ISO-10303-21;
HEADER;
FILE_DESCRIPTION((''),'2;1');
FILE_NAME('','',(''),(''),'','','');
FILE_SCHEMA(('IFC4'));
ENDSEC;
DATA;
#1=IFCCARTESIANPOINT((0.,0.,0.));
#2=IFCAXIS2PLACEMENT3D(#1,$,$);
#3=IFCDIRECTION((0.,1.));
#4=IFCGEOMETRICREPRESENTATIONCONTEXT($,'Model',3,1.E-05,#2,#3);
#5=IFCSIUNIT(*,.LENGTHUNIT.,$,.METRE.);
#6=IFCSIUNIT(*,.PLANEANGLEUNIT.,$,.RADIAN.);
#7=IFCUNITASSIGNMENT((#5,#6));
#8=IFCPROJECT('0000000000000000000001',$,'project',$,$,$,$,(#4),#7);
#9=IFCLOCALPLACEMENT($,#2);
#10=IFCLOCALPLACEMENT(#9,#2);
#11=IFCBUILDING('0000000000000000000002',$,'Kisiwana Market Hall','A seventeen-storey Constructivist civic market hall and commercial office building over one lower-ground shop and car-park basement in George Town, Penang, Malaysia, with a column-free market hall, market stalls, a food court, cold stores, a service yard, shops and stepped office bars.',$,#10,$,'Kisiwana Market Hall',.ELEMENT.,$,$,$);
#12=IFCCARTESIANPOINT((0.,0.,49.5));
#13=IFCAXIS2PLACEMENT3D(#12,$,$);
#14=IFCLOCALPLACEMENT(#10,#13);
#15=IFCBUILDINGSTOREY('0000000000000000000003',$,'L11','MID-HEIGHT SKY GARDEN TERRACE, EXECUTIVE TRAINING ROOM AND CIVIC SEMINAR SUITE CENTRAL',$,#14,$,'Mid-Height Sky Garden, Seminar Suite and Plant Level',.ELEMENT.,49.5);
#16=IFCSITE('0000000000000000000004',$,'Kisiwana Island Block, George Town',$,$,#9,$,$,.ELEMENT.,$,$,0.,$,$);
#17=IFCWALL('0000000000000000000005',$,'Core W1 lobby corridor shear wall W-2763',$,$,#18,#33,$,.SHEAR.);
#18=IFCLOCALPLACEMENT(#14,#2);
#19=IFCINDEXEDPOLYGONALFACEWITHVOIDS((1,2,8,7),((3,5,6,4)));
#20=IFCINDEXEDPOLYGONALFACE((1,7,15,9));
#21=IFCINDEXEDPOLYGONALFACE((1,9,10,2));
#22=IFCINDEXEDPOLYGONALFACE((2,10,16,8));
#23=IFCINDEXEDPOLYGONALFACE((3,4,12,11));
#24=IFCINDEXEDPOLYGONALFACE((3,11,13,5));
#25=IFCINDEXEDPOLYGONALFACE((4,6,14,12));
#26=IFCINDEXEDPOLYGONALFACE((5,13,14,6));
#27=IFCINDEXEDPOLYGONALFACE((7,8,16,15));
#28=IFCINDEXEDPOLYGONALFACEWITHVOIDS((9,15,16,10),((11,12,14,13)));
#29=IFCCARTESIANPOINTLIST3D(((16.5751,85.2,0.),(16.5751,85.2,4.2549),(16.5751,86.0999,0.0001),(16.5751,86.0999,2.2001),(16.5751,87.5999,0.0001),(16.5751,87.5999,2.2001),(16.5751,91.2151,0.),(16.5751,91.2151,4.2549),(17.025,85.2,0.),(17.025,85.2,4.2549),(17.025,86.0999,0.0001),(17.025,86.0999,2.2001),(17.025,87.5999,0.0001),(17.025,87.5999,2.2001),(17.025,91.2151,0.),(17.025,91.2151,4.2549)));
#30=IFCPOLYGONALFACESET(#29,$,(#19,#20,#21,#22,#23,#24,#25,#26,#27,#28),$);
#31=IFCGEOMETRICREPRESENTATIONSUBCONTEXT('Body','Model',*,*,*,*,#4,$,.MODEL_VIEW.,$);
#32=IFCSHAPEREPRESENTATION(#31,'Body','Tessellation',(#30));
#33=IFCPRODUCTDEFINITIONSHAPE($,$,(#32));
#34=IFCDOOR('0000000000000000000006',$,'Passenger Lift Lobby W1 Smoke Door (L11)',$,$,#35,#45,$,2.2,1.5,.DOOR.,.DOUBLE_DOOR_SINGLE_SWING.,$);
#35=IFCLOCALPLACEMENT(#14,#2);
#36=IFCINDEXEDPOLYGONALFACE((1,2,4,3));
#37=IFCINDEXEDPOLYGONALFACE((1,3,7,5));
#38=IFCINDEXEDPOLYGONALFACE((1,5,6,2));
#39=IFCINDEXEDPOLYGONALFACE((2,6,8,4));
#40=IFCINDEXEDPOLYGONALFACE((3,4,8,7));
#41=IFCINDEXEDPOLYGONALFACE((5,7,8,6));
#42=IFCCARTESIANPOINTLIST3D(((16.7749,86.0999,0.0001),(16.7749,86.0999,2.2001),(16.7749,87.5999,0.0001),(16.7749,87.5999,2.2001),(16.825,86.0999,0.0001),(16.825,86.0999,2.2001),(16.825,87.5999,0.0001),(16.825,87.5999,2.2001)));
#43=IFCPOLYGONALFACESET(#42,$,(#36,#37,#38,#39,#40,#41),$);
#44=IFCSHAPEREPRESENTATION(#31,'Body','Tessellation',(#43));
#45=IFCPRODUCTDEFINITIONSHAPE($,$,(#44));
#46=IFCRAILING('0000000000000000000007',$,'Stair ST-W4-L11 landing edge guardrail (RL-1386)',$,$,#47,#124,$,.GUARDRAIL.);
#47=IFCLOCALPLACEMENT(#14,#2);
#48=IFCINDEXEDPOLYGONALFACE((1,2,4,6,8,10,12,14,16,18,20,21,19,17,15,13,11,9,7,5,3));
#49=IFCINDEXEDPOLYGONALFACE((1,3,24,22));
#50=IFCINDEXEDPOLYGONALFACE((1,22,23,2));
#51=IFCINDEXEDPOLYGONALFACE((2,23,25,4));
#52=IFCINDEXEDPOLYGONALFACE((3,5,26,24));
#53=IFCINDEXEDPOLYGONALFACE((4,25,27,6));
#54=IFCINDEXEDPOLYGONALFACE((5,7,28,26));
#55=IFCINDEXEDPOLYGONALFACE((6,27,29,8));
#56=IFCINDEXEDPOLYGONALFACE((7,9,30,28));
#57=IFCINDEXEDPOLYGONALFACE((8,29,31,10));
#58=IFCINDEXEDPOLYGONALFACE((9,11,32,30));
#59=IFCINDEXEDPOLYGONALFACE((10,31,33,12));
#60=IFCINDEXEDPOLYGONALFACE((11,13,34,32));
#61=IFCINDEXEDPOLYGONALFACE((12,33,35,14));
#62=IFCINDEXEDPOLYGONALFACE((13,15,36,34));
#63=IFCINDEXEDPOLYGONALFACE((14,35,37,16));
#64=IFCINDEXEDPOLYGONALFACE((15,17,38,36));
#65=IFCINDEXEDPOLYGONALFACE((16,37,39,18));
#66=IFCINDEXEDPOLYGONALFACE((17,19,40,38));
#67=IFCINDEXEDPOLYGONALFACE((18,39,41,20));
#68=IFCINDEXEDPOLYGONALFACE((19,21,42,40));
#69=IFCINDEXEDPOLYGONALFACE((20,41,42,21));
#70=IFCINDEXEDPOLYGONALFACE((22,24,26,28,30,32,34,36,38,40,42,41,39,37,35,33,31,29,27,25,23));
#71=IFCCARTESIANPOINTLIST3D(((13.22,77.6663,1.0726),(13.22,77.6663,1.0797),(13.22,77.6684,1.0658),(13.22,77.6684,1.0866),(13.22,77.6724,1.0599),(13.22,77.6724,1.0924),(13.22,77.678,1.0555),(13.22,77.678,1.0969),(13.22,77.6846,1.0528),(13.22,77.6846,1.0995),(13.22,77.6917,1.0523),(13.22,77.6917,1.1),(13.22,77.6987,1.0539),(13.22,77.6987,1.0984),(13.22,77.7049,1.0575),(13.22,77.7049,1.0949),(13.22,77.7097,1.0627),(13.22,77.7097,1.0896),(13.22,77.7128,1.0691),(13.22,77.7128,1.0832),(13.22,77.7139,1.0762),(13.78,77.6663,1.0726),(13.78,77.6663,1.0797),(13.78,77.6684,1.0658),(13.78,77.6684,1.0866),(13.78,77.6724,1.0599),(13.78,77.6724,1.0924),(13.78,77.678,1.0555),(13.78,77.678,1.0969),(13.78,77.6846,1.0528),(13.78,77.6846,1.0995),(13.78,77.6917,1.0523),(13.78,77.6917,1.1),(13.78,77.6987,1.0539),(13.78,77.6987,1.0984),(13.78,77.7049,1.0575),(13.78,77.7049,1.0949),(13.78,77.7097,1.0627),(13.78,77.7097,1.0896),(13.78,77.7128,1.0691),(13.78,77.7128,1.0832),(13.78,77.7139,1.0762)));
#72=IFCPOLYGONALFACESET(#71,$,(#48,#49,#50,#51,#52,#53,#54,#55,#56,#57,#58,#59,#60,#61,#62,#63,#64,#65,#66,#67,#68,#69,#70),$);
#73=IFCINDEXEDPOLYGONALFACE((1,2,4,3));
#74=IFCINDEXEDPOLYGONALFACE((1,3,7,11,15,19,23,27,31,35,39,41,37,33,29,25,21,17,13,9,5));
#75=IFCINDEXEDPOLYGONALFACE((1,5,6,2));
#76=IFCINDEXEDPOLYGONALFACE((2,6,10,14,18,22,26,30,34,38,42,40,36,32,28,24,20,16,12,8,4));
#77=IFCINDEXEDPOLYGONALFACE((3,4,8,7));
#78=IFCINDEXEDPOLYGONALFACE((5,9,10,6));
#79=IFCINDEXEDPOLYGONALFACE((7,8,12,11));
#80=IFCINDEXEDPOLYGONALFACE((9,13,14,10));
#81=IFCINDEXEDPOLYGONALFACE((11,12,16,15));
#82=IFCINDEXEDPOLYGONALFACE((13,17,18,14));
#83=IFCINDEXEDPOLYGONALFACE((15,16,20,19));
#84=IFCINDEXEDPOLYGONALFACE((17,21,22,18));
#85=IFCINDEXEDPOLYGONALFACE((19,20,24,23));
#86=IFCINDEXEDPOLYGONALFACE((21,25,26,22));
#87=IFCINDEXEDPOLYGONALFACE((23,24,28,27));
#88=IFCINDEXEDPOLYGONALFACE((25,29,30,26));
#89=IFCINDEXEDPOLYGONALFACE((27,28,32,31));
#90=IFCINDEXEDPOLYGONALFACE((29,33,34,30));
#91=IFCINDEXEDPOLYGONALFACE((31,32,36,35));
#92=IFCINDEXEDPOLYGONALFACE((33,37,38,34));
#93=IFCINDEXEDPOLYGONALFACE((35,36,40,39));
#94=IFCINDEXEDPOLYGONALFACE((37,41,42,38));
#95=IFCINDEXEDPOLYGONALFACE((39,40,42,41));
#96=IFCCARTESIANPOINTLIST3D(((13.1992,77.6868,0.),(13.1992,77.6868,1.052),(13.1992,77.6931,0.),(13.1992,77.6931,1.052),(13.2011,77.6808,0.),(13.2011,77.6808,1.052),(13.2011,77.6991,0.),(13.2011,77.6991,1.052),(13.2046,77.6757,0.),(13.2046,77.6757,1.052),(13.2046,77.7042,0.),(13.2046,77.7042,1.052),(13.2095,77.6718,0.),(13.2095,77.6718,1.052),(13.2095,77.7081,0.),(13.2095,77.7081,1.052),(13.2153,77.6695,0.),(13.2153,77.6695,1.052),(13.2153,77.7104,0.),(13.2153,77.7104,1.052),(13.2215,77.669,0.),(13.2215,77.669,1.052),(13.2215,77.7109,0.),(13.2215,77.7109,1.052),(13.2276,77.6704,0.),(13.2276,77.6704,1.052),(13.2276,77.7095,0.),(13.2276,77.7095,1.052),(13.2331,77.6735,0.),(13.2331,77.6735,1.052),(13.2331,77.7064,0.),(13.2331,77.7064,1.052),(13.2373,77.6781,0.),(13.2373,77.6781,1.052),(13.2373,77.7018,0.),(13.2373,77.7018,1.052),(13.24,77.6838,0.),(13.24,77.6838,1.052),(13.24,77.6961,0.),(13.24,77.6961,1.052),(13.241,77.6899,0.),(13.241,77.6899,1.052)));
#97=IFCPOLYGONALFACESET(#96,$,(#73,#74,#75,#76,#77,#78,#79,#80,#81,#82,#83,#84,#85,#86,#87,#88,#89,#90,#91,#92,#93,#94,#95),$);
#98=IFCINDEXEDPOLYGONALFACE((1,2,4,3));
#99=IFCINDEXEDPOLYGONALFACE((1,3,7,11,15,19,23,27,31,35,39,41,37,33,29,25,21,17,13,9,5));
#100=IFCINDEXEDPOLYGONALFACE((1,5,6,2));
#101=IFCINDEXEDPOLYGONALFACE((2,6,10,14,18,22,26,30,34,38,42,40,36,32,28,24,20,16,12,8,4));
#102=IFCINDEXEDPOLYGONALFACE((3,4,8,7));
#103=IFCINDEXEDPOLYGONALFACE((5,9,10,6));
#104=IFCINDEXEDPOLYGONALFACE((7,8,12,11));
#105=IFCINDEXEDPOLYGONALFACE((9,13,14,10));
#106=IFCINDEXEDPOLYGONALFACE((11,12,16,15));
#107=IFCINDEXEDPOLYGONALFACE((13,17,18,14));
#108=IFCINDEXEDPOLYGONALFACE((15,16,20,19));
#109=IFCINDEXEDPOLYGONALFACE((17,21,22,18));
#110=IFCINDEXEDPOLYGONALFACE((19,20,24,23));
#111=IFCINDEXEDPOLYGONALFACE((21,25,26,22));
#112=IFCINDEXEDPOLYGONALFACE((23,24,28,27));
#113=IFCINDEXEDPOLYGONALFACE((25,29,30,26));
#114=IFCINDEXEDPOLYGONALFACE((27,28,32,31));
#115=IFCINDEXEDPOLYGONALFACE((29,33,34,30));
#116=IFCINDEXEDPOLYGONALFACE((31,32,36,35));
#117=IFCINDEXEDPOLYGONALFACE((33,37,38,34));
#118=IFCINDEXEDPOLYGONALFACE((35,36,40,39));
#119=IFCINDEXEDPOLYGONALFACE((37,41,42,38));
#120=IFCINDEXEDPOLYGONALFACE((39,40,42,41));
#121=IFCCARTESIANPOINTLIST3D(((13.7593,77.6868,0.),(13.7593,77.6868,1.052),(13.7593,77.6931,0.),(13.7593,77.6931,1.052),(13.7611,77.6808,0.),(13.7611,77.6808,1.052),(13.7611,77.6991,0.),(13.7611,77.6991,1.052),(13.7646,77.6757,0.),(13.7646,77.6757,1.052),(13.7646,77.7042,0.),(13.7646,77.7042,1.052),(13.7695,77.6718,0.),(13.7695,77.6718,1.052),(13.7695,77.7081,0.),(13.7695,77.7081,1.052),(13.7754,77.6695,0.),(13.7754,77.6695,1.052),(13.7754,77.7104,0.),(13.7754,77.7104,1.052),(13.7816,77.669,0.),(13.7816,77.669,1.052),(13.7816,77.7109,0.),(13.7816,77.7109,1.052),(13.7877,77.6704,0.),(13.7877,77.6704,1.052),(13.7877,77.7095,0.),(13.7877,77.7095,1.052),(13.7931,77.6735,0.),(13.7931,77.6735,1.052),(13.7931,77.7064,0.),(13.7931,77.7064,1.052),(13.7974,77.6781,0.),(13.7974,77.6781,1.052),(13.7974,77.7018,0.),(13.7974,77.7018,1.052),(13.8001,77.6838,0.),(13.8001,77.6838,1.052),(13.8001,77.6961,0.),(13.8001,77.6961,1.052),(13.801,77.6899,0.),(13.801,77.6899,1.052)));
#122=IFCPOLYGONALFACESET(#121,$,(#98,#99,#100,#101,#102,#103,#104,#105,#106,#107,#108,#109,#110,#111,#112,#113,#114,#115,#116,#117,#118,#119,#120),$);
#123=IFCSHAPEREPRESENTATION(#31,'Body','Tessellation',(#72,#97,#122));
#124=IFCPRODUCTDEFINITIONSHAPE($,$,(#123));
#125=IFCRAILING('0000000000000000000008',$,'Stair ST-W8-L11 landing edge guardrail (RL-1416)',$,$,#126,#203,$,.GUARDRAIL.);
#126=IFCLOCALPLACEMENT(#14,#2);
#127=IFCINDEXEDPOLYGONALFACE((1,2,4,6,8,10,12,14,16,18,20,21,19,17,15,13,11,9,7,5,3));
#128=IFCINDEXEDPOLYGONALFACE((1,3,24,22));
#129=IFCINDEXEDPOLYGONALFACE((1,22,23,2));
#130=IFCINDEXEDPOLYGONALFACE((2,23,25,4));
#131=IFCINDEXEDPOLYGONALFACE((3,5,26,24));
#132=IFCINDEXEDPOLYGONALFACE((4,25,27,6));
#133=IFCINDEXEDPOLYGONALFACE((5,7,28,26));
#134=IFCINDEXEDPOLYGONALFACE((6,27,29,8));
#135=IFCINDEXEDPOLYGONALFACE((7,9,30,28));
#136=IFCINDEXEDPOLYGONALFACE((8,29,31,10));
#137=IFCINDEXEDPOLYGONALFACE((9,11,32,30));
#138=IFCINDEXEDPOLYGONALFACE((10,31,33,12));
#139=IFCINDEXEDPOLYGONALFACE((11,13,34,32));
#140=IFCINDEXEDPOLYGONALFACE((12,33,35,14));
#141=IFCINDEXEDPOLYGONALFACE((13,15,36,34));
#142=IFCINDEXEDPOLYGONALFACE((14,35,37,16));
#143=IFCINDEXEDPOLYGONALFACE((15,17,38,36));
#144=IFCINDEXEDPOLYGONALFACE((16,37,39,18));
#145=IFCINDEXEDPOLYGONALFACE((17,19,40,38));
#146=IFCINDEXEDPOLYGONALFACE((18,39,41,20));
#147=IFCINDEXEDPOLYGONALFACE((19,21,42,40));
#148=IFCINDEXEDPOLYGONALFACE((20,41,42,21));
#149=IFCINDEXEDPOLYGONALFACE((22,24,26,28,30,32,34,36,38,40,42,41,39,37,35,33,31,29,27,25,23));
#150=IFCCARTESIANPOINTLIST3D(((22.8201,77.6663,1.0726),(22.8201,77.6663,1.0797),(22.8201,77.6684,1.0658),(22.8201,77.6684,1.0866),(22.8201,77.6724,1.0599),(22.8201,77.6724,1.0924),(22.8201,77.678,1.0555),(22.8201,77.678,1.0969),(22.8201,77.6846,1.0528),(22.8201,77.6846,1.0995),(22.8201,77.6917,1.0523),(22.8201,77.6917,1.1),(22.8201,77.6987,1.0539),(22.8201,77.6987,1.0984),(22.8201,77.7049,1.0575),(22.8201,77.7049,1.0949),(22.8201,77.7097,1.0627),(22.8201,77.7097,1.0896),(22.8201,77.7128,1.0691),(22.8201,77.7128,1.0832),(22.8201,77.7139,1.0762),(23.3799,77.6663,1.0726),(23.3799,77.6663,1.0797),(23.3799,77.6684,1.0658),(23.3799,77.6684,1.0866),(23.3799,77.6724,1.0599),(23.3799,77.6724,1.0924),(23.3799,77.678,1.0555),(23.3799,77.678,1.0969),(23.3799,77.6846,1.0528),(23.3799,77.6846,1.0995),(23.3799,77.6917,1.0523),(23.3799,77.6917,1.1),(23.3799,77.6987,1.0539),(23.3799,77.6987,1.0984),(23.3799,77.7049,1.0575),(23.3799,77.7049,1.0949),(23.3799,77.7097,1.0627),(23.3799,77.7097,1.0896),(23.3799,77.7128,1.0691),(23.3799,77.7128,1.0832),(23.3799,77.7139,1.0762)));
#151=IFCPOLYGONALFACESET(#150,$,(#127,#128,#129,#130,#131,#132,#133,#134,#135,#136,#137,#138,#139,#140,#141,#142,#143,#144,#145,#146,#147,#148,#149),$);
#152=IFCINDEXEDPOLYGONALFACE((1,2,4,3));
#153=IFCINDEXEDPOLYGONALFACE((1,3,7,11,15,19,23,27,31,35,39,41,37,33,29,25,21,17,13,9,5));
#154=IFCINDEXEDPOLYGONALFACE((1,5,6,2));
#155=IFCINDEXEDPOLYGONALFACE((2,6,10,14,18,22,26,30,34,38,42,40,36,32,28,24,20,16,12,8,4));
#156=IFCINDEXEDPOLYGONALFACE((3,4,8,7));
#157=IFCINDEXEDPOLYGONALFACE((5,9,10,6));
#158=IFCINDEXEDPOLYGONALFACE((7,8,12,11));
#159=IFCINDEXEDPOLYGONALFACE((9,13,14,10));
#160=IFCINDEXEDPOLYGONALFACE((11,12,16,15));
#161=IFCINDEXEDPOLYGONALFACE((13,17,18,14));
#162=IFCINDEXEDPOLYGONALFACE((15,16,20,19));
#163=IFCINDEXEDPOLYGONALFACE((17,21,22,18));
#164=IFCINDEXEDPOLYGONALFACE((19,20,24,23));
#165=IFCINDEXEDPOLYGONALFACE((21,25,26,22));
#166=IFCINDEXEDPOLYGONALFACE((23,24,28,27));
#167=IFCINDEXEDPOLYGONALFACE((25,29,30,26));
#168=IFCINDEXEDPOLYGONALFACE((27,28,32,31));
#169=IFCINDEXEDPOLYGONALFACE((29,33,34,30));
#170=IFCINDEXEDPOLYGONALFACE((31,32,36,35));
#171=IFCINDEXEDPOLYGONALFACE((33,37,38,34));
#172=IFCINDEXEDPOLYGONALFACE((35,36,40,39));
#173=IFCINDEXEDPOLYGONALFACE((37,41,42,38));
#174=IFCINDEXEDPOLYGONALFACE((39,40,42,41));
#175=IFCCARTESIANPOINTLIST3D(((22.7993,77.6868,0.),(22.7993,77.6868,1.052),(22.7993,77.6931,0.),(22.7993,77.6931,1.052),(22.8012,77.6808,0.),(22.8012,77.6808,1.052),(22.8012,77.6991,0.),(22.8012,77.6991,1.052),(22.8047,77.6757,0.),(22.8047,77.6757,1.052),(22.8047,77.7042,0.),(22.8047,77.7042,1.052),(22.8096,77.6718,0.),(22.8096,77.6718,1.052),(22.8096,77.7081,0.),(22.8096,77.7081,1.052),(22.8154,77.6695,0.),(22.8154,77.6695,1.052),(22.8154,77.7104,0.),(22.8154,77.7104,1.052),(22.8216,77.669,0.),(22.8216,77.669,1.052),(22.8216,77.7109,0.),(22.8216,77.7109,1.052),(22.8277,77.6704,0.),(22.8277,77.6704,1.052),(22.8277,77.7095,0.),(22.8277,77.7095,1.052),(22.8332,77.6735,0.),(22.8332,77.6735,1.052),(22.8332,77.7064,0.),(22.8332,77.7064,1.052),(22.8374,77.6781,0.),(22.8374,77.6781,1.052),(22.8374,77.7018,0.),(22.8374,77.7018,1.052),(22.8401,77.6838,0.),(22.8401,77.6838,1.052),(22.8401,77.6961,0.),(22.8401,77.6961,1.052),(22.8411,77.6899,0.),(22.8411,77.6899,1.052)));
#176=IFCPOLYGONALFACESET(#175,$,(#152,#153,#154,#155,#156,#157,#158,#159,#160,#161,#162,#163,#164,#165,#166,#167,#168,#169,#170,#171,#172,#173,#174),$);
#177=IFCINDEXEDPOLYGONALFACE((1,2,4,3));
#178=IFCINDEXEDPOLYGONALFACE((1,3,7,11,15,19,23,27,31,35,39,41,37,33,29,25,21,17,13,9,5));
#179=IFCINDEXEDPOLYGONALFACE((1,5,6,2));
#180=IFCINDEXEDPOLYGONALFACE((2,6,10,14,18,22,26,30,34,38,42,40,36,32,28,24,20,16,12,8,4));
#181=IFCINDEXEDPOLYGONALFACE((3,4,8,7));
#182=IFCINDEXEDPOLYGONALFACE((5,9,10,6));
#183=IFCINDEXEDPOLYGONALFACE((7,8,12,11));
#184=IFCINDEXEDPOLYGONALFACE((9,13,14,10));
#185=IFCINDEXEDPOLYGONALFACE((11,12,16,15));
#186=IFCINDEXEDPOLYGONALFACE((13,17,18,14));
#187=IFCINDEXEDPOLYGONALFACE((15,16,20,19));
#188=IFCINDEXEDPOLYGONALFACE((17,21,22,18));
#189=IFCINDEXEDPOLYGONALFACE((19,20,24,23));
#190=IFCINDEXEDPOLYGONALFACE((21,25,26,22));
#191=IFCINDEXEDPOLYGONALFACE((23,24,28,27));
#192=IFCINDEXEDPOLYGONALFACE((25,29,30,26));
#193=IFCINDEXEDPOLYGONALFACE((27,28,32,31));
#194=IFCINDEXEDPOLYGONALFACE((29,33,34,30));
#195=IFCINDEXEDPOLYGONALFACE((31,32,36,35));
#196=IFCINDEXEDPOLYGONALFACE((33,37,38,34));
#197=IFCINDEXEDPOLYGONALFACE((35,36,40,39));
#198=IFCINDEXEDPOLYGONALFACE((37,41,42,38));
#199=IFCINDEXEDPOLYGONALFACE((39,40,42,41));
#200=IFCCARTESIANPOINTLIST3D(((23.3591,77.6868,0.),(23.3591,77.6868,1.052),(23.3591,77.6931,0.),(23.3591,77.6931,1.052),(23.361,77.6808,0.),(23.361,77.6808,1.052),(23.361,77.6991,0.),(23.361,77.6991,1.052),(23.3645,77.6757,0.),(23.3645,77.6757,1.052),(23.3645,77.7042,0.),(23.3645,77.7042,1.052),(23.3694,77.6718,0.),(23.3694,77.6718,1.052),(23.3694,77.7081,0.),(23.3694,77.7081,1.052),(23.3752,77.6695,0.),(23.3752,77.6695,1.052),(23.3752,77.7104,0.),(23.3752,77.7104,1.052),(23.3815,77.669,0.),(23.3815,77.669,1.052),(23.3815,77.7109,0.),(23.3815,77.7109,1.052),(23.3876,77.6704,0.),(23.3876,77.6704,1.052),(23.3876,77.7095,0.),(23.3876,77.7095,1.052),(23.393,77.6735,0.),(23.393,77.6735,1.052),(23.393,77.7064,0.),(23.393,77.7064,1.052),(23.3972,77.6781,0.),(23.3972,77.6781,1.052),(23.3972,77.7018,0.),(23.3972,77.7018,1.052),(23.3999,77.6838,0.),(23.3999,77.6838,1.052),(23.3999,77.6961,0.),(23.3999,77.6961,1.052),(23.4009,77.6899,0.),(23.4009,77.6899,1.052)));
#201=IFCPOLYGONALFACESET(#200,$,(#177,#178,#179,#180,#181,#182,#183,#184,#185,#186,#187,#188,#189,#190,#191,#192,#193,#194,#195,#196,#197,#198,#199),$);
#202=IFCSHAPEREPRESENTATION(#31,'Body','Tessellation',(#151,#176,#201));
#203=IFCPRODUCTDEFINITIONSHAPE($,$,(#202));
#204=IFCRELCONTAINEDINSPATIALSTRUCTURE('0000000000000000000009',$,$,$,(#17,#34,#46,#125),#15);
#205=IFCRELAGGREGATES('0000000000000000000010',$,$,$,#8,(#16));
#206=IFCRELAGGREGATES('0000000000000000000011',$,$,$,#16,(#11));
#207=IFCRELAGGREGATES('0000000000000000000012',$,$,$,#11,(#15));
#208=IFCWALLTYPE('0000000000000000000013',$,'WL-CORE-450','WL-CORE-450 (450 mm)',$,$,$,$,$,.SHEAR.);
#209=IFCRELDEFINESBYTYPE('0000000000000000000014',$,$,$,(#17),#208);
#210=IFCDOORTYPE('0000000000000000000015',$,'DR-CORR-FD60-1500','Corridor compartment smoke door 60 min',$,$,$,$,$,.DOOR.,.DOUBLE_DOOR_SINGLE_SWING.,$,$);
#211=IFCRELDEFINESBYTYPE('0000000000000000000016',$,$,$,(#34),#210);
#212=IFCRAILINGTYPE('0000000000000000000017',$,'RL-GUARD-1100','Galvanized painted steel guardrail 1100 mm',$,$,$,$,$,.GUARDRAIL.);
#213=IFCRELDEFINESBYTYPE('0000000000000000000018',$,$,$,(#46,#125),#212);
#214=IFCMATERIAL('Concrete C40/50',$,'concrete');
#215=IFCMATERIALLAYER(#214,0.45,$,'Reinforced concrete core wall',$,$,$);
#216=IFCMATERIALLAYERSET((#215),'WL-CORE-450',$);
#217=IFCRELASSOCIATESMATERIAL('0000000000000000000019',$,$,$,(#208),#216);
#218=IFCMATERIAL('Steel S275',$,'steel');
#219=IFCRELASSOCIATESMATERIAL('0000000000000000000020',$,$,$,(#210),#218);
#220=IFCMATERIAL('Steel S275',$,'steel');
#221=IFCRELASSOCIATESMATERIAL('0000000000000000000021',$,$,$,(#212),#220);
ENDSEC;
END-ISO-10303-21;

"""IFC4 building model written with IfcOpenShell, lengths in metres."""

from ifc_helpers import new_model, si_unit, direction, frame, frame_2d, origin, origin_2d, place, context, subcontext, project, spatial, rectangle, circle, extrude, material, layer, layer_set, type_object, element, fill, save


model = new_model("IFC4")

# Units and contexts
model_context = context("Model", 3, precision=1e-05, world=origin(), true_north=direction((0.0, 1.0)))
body_context = subcontext(model_context, "Body", "Model", "MODEL_VIEW")
ifc_project = project(units=[si_unit("LENGTHUNIT", "METRE"), si_unit("PLANEANGLEUNIT", "RADIAN")], contexts=[model_context])

# Site, building, storey
site_placement = place(None, origin())
site = spatial("IfcSite", under=ifc_project, at=site_placement, Name="Kisiwana Island Block, George Town", CompositionType="ELEMENT", RefElevation=0.0)
building_placement = place(site_placement, origin())
building = spatial("IfcBuilding", under=site, at=building_placement, Name="Kisiwana Market Hall", Description="A seventeen-storey Constructivist civic market hall and commercial office building over one lower-ground shop and car-park basement in George Town, Penang, Malaysia, with a column-free market hall, market stalls, a food court, cold stores, a service yard, shops and stepped office bars.", LongName="Kisiwana Market Hall", CompositionType="ELEMENT")
storey_placement = place(building_placement, frame((0.0, 0.0, 49.5)))
storey = spatial("IfcBuildingStorey", under=building, at=storey_placement, Name="L11", Description="MID-HEIGHT SKY GARDEN TERRACE, EXECUTIVE TRAINING ROOM AND CIVIC SEMINAR SUITE CENTRAL", LongName="Mid-Height Sky Garden, Seminar Suite and Plant Level", CompositionType="ELEMENT", Elevation=49.5)

# Wall, opening, door
ifc_material_1 = material(Name="Concrete C40/50", Category="concrete")
ifc_layer_1 = layer(ifc_material_1, 0.45, Name="Reinforced concrete core wall")
ifc_layer_set_1 = layer_set([ifc_layer_1], Name="WL-CORE-450")
wall_type_1 = type_object("IfcWallType", Name="WL-CORE-450", Description="WL-CORE-450 (450 mm)", PredefinedType="SHEAR", material=ifc_layer_set_1)
wall_1_placement = place(storey_placement, frame((16.8, 85.2, 0.0), z_axis=(0.0, 0.0, 1.0), x_axis=(0.0, 1.0, 0.0)))
wall_1 = element("IfcWall", 1, at=wall_1_placement, inside=storey, type_object=wall_type_1, Name="Core W1 lobby corridor shear wall W-2763", PredefinedType="SHEAR", context=body_context, shape_type="SweptSolid", body=[
    extrude(rectangle(XDim=6.0151, YDim=0.45, at=frame_2d((3.0076, 0.0))), origin(), (0.0, 0.0, 1.0), 4.2549),
])
opening_1_placement = place(wall_1_placement, frame((0.8999, 0.0, 0.0)))
opening_1 = element("IfcOpeningElement", 2, at=opening_1_placement, cuts=wall_1, PredefinedType="OPENING", context=body_context, shape_type="SweptSolid", body=[
    extrude(rectangle(XDim=1.5, YDim=2.2, at=frame_2d((0.75, 1.1001))), frame((0.0, 0.2368, 0.0), z_axis=(0.0, -1.0, 0.0), x_axis=(1.0, 0.0, 0.0)), (0.0, 0.0, 1.0), 0.4739),
])
ifc_material_2 = material(Name="Steel S275", Category="steel")
door_type_1 = type_object("IfcDoorType", Name="DR-CORR-FD60-1500", Description="Corridor compartment smoke door 60 min", OperationType="DOUBLE_DOOR_SINGLE_SWING", PredefinedType="DOOR", material=ifc_material_2)
door_1_placement = place(opening_1_placement, frame((1.5, 0.0, 0.0), z_axis=(0.0, 0.0, 1.0), x_axis=(-1.0, 0.0, 0.0)))
door_1 = element("IfcDoor", 3, at=door_1_placement, inside=storey, type_object=door_type_1, Name="Passenger Lift Lobby W1 Smoke Door (L11)", OperationType="DOUBLE_DOOR_SINGLE_SWING", OverallHeight=2.2, OverallWidth=1.5, PredefinedType="DOOR", context=body_context, shape_type="SweptSolid", body=[
    extrude(rectangle(XDim=1.5, YDim=2.2, at=frame_2d((0.75, 1.1001))), frame((0.0, 0.0249, 0.0), z_axis=(0.0, -1.0, 0.0), x_axis=(1.0, 0.0, 0.0)), (0.0, 0.0, 1.0), 0.05),
])
fill(opening_1, door_1)

# Railings
ifc_material_3 = material(Name="Steel S275", Category="steel")
railing_type = type_object("IfcRailingType", Name="RL-GUARD-1100", Description="Galvanized painted steel guardrail 1100 mm", PredefinedType="GUARDRAIL", material=ifc_material_3)
railing_1_placement = place(storey_placement, frame((13.22, 77.6899, 0.0)))
element("IfcRailing", 4, at=railing_1_placement, inside=storey, type_object=railing_type, Name="Stair ST-W4-L11 landing edge guardrail (RL-1386)", PredefinedType="GUARDRAIL", context=body_context, shape_type="SweptSolid", body=[
    extrude(circle(Radius=0.0239, at=origin_2d()), frame((0.0, 0.0, 1.0762), z_axis=(1.0, 0.0, 0.0), x_axis=(0.0, 1.0, 0.0)), (0.0, 0.0, 1.0), 0.5601),
    extrude(circle(Radius=0.021, at=origin_2d()), origin(), (0.0, 0.0, 1.0), 1.052),
    extrude(circle(Radius=0.021, at=origin_2d()), frame((0.5601, 0.0, 0.0)), (0.0, 0.0, 1.0), 1.052),
])
railing_2_placement = place(storey_placement, frame((22.8201, 77.6899, 0.0)))
element("IfcRailing", 5, at=railing_2_placement, inside=storey, type_object=railing_type, Name="Stair ST-W8-L11 landing edge guardrail (RL-1416)", PredefinedType="GUARDRAIL", context=body_context, shape_type="SweptSolid", body=[
    extrude(circle(Radius=0.0239, at=origin_2d()), frame((0.0, 0.0, 1.0762), z_axis=(1.0, 0.0, 0.0), x_axis=(0.0, 1.0, 0.0)), (0.0, 0.0, 1.0), 0.5598),
    extrude(circle(Radius=0.021, at=origin_2d()), origin(), (0.0, 0.0, 1.0), 1.052),
    extrude(circle(Radius=0.021, at=origin_2d()), frame((0.5598, 0.0, 0.0)), (0.0, 0.0, 1.0), 1.052),
])

save(model, "model.ifc")
